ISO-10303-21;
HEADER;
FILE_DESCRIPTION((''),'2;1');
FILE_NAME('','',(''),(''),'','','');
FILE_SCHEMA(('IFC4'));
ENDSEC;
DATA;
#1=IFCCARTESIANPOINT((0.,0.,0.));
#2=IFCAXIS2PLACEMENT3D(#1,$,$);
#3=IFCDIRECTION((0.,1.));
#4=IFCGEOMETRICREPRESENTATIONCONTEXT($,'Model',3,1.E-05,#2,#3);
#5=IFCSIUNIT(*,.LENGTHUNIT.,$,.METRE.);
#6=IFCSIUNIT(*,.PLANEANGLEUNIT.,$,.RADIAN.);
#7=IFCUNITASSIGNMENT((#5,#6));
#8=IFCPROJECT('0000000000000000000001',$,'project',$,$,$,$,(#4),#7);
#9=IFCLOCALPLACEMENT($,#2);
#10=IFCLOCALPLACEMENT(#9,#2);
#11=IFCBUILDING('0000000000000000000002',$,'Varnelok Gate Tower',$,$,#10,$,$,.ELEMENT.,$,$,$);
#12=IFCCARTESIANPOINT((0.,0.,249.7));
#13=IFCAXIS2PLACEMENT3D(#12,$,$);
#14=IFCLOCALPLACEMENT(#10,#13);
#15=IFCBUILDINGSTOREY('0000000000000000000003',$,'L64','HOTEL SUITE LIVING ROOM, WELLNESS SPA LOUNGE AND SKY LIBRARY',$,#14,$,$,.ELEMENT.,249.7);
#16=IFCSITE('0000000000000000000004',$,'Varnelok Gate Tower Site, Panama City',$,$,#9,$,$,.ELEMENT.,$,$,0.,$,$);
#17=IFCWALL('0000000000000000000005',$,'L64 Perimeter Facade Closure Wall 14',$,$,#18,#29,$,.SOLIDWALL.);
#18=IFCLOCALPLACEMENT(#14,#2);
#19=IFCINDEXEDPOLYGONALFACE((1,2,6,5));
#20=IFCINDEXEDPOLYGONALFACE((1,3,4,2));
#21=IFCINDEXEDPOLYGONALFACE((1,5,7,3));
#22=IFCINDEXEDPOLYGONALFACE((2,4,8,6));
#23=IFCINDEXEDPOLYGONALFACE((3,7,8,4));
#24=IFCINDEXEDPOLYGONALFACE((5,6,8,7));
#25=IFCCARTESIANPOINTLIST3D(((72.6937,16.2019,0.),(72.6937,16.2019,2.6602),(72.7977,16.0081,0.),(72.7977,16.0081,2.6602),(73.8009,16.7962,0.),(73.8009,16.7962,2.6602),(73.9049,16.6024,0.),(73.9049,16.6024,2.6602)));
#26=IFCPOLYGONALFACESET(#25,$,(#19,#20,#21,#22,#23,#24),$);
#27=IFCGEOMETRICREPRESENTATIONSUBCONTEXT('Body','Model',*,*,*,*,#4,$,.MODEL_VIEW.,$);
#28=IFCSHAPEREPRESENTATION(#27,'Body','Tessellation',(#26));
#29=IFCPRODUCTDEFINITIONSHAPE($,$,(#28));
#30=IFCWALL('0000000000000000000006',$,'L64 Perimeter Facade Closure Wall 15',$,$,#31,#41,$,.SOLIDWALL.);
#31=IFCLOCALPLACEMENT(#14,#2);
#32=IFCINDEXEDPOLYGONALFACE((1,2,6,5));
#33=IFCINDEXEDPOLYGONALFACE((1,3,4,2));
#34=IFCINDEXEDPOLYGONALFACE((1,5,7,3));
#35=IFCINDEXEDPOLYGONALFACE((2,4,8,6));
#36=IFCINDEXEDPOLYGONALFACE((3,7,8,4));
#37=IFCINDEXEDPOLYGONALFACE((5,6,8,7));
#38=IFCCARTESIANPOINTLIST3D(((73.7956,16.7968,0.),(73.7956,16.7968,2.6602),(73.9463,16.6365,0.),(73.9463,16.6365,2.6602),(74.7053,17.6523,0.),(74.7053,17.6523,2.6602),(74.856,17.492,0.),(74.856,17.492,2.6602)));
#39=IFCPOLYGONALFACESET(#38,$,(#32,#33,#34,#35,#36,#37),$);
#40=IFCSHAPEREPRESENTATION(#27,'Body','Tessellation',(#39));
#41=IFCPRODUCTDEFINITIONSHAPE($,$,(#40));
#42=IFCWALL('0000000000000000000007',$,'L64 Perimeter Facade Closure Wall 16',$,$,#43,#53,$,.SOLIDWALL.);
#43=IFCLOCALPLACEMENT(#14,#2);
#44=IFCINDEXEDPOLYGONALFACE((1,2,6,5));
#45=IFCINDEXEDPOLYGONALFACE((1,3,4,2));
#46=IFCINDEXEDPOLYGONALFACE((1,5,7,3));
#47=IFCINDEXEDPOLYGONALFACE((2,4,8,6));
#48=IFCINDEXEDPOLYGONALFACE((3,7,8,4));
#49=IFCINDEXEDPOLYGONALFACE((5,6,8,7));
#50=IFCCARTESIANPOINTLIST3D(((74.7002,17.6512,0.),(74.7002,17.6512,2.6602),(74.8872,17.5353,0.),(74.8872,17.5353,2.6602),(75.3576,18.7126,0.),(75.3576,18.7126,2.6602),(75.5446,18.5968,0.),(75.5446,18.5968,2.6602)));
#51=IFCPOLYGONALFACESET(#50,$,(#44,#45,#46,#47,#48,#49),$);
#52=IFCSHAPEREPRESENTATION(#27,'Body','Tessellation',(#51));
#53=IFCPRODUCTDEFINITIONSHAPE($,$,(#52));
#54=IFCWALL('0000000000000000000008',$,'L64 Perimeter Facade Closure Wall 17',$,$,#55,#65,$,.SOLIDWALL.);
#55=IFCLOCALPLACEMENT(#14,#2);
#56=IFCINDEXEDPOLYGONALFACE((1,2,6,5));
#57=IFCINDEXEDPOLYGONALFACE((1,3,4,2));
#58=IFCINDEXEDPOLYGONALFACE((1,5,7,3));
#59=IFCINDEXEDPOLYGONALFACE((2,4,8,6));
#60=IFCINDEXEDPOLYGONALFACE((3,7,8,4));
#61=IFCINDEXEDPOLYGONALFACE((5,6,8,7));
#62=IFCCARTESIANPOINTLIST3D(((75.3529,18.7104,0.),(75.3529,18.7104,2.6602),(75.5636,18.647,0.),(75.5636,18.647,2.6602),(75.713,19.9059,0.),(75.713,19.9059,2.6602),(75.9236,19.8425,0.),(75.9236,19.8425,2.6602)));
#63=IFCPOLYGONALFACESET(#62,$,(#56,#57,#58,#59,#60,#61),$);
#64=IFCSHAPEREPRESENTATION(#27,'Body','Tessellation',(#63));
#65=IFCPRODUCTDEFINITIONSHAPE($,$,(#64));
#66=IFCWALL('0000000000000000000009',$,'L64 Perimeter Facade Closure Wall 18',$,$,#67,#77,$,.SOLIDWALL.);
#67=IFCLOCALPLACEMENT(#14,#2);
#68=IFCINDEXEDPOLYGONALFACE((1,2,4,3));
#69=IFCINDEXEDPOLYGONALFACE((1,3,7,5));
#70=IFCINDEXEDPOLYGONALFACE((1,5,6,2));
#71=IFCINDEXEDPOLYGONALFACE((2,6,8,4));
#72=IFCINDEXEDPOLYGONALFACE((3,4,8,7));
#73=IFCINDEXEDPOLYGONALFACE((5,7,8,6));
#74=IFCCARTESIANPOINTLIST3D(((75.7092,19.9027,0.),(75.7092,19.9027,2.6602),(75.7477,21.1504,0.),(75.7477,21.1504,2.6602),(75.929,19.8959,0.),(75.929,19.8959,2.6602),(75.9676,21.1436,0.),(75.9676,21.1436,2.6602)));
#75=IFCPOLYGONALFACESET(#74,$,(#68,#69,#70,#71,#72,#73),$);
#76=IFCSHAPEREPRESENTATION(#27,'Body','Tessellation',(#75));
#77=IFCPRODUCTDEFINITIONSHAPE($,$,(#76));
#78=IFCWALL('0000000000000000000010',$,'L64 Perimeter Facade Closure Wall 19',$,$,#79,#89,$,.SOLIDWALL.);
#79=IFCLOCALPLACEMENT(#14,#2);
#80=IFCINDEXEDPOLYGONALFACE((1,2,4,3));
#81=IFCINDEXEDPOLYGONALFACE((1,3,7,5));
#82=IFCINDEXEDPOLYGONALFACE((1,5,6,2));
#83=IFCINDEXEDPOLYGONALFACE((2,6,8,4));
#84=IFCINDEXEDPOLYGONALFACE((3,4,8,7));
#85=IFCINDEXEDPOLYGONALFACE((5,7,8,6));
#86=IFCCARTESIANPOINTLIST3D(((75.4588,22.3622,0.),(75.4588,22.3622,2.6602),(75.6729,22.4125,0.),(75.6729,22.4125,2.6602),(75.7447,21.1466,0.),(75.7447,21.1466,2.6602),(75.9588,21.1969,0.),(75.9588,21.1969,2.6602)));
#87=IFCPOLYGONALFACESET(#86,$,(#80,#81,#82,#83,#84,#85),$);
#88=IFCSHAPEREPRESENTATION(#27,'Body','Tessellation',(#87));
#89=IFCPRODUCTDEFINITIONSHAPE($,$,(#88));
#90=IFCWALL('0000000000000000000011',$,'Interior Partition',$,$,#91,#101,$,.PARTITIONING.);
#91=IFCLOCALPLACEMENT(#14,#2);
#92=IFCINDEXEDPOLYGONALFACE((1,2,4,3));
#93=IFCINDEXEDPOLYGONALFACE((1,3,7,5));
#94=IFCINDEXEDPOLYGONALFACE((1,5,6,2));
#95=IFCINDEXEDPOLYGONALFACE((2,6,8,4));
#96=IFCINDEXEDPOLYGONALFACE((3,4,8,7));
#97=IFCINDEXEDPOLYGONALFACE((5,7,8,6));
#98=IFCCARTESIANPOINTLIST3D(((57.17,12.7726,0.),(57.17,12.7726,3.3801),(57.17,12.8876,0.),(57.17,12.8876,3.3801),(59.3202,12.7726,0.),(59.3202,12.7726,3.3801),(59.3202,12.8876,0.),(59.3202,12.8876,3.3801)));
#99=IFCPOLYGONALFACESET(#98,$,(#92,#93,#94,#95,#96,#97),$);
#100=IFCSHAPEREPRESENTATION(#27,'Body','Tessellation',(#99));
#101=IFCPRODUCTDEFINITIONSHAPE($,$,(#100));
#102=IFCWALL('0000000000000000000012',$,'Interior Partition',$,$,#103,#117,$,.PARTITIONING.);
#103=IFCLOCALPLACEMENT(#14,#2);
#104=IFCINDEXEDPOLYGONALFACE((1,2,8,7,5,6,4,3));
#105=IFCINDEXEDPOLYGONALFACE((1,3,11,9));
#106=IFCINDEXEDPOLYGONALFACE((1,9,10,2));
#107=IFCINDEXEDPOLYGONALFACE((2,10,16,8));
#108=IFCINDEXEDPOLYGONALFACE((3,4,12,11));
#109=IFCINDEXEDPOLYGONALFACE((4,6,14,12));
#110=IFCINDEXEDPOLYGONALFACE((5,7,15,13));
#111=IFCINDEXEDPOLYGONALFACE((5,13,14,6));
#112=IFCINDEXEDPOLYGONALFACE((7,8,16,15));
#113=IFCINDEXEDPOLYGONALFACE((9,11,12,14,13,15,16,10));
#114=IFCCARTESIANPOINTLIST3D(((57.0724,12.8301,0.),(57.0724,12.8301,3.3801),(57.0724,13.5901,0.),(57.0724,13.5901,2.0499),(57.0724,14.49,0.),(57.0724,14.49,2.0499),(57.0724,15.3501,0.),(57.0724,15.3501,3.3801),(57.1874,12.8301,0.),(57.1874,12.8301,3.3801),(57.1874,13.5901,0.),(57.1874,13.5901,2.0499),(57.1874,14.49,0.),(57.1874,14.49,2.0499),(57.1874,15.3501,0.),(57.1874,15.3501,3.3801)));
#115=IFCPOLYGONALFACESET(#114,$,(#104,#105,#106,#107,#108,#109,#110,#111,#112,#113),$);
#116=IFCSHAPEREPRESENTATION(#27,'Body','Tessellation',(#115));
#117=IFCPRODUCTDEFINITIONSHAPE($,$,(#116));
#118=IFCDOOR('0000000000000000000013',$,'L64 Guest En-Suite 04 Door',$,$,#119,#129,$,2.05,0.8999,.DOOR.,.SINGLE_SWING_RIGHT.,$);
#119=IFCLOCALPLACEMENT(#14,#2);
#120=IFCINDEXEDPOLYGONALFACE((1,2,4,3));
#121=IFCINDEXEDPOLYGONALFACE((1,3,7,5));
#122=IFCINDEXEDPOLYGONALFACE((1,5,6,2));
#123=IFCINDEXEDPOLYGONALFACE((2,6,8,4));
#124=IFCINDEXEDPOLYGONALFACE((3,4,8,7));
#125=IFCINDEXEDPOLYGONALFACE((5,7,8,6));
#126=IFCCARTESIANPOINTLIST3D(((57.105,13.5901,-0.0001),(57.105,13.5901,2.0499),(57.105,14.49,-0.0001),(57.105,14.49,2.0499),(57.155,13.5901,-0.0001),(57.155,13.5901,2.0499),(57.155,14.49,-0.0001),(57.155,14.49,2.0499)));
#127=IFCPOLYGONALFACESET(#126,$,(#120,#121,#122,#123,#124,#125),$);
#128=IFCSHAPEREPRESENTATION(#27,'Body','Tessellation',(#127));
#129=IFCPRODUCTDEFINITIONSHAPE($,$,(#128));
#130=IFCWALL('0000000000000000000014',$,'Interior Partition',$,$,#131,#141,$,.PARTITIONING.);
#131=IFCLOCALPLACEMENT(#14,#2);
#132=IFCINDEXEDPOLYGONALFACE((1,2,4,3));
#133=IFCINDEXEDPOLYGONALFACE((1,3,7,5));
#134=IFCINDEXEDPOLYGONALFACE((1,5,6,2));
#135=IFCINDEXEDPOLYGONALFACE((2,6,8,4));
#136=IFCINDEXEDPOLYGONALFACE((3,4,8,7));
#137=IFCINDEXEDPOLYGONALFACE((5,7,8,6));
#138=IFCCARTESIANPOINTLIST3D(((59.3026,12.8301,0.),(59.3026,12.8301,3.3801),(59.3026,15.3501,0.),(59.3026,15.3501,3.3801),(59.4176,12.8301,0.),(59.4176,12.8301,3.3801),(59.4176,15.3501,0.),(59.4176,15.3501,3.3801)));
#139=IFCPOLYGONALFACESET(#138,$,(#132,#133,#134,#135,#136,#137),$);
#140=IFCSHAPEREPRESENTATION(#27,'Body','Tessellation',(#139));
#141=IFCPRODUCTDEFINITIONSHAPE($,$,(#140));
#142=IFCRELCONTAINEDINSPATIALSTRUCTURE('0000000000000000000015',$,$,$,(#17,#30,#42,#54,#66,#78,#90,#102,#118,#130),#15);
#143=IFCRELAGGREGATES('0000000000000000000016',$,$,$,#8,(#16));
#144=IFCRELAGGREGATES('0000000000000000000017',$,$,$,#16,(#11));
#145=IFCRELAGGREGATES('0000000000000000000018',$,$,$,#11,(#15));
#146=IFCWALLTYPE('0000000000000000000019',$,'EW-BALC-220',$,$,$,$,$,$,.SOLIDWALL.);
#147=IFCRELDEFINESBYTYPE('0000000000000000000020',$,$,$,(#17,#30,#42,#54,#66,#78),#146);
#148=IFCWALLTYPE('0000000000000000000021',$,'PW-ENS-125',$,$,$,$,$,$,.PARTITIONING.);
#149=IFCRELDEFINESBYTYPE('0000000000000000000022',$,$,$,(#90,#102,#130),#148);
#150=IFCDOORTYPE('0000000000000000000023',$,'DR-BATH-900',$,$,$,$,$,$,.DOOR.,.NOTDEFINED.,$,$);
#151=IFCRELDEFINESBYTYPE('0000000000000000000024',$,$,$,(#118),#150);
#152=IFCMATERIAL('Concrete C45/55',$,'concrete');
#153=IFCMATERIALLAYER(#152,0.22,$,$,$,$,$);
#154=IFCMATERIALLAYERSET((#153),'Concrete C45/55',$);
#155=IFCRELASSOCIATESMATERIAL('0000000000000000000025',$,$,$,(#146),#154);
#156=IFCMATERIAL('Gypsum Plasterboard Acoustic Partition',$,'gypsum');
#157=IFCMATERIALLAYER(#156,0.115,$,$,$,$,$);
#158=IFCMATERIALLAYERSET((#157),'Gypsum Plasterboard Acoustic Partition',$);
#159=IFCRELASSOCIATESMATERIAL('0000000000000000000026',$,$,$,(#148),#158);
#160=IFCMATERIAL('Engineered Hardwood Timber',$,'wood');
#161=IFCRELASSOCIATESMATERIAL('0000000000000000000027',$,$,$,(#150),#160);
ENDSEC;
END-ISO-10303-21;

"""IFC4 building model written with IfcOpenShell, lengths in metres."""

from ifc_helpers import new_model, si_unit, direction, frame, frame_2d, origin, place, context, subcontext, project, spatial, rectangle, extrude, material, layer, layer_set, type_object, element, fill, save


model = new_model("IFC4")

# Units and contexts
model_context = context("Model", 3, precision=1e-05, world=origin(), true_north=direction((0.0, 1.0)))
body_context = subcontext(model_context, "Body", "Model", "MODEL_VIEW")
ifc_project = project(units=[si_unit("LENGTHUNIT", "METRE"), si_unit("PLANEANGLEUNIT", "RADIAN")], contexts=[model_context])

# Site, building, storey
site_placement = place(None, origin())
site = spatial("IfcSite", under=ifc_project, at=site_placement, Name="Varnelok Gate Tower Site, Panama City", CompositionType="ELEMENT", RefElevation=0.0)
building_placement = place(site_placement, origin())
building = spatial("IfcBuilding", under=site, at=building_placement, Name="Varnelok Gate Tower", CompositionType="ELEMENT")
storey_placement = place(building_placement, frame((0.0, 0.0, 249.7)))
storey = spatial("IfcBuildingStorey", under=building, at=storey_placement, Name="L64", Description="HOTEL SUITE LIVING ROOM, WELLNESS SPA LOUNGE AND SKY LIBRARY", CompositionType="ELEMENT", Elevation=249.7)

# Shared definitions
ifc_material_1 = material(Name="Concrete C45/55", Category="concrete")
ifc_layer_1 = layer(ifc_material_1, 0.22)
ifc_layer_set_1 = layer_set([ifc_layer_1], Name="Concrete C45/55")
wall_type_1 = type_object("IfcWallType", Name="EW-BALC-220", PredefinedType="SOLIDWALL", material=ifc_layer_set_1)

# Walls
wall_1_placement = place(storey_placement, frame((72.7456, 16.105, 0.0), z_axis=(0.0, 0.0, 1.0), x_axis=(0.881113, 0.472906, 0.0)))
element("IfcWall", 1, at=wall_1_placement, inside=storey, type_object=wall_type_1, Name="L64 Perimeter Facade Closure Wall 14", PredefinedType="SOLIDWALL", context=body_context, shape_type="SweptSolid", body=[
    extrude(rectangle(XDim=1.2566, YDim=0.22, at=frame_2d((0.6284, 0.0))), origin(), (0.0, 0.0, 1.0), 2.6602),
])
wall_2_placement = place(storey_placement, frame((73.8708, 16.7166, 0.0), z_axis=(0.0, 0.0, 1.0), x_axis=(0.728475, 0.685072, 0.0)))
element("IfcWall", 2, at=wall_2_placement, inside=storey, type_object=wall_type_1, Name="L64 Perimeter Facade Closure Wall 15", PredefinedType="SOLIDWALL", context=body_context, shape_type="SweptSolid", body=[
    extrude(rectangle(XDim=1.2488, YDim=0.22, at=frame_2d((0.6245, 0.0))), origin(), (0.0, 0.0, 1.0), 2.6602),
])
for number, where, z_axis, x_axis, name in (
    (3, (74.7937, 17.5933, 0.0), (0.0, 0.0, 1.0), (0.52655, 0.850144, 0.0), "L64 Perimeter Facade Closure Wall 16"),
    (4, (75.4583, 18.6787, 0.0), (0.0, 0.0, 1.0), (0.288406, 0.957508, 0.0), "L64 Perimeter Facade Closure Wall 17"),
):
    element("IfcWall", number, at=place(storey_placement, frame(where, z_axis=z_axis, x_axis=x_axis)), inside=storey, type_object=wall_type_1, Name=name, PredefinedType="SOLIDWALL", context=body_context, shape_type="SweptSolid", body=[
        extrude(rectangle(XDim=1.2485, YDim=0.22, at=frame_2d((0.6243, 0.0))), origin(), (0.0, 0.0, 1.0), 2.6602),
    ])
wall_3_placement = place(storey_placement, frame((75.8191, 19.8994, 0.0), z_axis=(0.0, 0.0, 1.0), x_axis=(0.030899, 0.999523, 0.0)))
element("IfcWall", 5, at=wall_3_placement, inside=storey, type_object=wall_type_1, Name="L64 Perimeter Facade Closure Wall 18", PredefinedType="SOLIDWALL", context=body_context, shape_type="SweptSolid", body=[
    extrude(rectangle(XDim=1.2483, YDim=0.22, at=frame_2d((0.624, 0.0))), origin(), (0.0, 0.0, 1.0), 2.6602),
])
wall_4_placement = place(storey_placement, frame((75.8518, 21.1716, 0.0), z_axis=(0.0, 0.0, 1.0), x_axis=(-0.228941, 0.97344, 0.0)))
element("IfcWall", 6, at=wall_4_placement, inside=storey, type_object=wall_type_1, Name="L64 Perimeter Facade Closure Wall 19", PredefinedType="SOLIDWALL", context=body_context, shape_type="SweptSolid", body=[
    extrude(rectangle(XDim=1.2488, YDim=0.22, at=frame_2d((0.6245, 0.0))), origin(), (0.0, 0.0, 1.0), 2.6602),
])
ifc_material_2 = material(Name="Gypsum Plasterboard Acoustic Partition", Category="gypsum")
ifc_layer_2 = layer(ifc_material_2, 0.115)
ifc_layer_set_2 = layer_set([ifc_layer_2], Name="Gypsum Plasterboard Acoustic Partition")
wall_type_2 = type_object("IfcWallType", Name="PW-ENS-125", PredefinedType="PARTITIONING", material=ifc_layer_set_2)
wall_5_placement = place(storey_placement, frame((57.1699, 12.8301, 0.0), z_axis=(0.0, 0.0, 1.0), x_axis=(1.0, 0.0, 0.0)))
element("IfcWall", 7, at=wall_5_placement, inside=storey, type_object=wall_type_2, Name="Interior Partition", PredefinedType="PARTITIONING", context=body_context, shape_type="SweptSolid", body=[
    extrude(rectangle(XDim=2.1501, YDim=0.115, at=frame_2d((1.0752, 0.0))), origin(), (0.0, 0.0, 1.0), 3.3801),
])

# Wall, opening, door
wall_6_placement = place(storey_placement, frame((57.1299, 12.8301, 0.0), z_axis=(0.0, 0.0, 1.0), x_axis=(0.0, 1.0, 0.0)))
wall_6 = element("IfcWall", 8, at=wall_6_placement, inside=storey, type_object=wall_type_2, Name="Interior Partition", PredefinedType="PARTITIONING", context=body_context, shape_type="SweptSolid", body=[
    extrude(rectangle(XDim=2.52, YDim=0.115, at=frame_2d((1.26, 0.0))), origin(), (0.0, 0.0, 1.0), 3.3801),
])
opening_1_placement = place(wall_6_placement, frame((0.76, 0.0, 0.0)))
opening_1 = element("IfcOpeningElement", 9, at=opening_1_placement, cuts=wall_6, PredefinedType="OPENING", context=body_context, shape_type="SweptSolid", body=[
    extrude(rectangle(XDim=0.8999, YDim=2.05, at=frame_2d((0.45, 1.0249))), frame((0.0, 0.0674, 0.0), z_axis=(0.0, -1.0, 0.0), x_axis=(1.0, 0.0, 0.0)), (0.0, 0.0, 1.0), 0.135),
])
ifc_material_3 = material(Name="Engineered Hardwood Timber", Category="wood")
door_type = type_object("IfcDoorType", Name="DR-BATH-900", OperationType="NOTDEFINED", PredefinedType="DOOR", material=ifc_material_3)
door_placement = place(opening_1_placement, origin())
door = element("IfcDoor", 10, at=door_placement, inside=storey, type_object=door_type, Name="L64 Guest En-Suite 04 Door", OperationType="SINGLE_SWING_RIGHT", OverallHeight=2.05, OverallWidth=0.8999, PredefinedType="DOOR", context=body_context, shape_type="SweptSolid", body=[
    extrude(rectangle(XDim=0.8999, YDim=2.05, at=frame_2d((0.45, 1.0249))), frame((0.0, 0.0249, 0.0), z_axis=(0.0, -1.0, 0.0), x_axis=(1.0, 0.0, 0.0)), (0.0, 0.0, 1.0), 0.05),
])
fill(opening_1, door)

# Wall
wall_7_placement = place(storey_placement, frame((59.3601, 12.8301, 0.0), z_axis=(0.0, 0.0, 1.0), x_axis=(0.0, 1.0, 0.0)))
element("IfcWall", 11, at=wall_7_placement, inside=storey, type_object=wall_type_2, Name="Interior Partition", PredefinedType="PARTITIONING", context=body_context, shape_type="SweptSolid", body=[
    extrude(rectangle(XDim=2.52, YDim=0.115, at=frame_2d((1.26, 0.0))), origin(), (0.0, 0.0, 1.0), 3.3801),
])

save(model, "model.ifc")
